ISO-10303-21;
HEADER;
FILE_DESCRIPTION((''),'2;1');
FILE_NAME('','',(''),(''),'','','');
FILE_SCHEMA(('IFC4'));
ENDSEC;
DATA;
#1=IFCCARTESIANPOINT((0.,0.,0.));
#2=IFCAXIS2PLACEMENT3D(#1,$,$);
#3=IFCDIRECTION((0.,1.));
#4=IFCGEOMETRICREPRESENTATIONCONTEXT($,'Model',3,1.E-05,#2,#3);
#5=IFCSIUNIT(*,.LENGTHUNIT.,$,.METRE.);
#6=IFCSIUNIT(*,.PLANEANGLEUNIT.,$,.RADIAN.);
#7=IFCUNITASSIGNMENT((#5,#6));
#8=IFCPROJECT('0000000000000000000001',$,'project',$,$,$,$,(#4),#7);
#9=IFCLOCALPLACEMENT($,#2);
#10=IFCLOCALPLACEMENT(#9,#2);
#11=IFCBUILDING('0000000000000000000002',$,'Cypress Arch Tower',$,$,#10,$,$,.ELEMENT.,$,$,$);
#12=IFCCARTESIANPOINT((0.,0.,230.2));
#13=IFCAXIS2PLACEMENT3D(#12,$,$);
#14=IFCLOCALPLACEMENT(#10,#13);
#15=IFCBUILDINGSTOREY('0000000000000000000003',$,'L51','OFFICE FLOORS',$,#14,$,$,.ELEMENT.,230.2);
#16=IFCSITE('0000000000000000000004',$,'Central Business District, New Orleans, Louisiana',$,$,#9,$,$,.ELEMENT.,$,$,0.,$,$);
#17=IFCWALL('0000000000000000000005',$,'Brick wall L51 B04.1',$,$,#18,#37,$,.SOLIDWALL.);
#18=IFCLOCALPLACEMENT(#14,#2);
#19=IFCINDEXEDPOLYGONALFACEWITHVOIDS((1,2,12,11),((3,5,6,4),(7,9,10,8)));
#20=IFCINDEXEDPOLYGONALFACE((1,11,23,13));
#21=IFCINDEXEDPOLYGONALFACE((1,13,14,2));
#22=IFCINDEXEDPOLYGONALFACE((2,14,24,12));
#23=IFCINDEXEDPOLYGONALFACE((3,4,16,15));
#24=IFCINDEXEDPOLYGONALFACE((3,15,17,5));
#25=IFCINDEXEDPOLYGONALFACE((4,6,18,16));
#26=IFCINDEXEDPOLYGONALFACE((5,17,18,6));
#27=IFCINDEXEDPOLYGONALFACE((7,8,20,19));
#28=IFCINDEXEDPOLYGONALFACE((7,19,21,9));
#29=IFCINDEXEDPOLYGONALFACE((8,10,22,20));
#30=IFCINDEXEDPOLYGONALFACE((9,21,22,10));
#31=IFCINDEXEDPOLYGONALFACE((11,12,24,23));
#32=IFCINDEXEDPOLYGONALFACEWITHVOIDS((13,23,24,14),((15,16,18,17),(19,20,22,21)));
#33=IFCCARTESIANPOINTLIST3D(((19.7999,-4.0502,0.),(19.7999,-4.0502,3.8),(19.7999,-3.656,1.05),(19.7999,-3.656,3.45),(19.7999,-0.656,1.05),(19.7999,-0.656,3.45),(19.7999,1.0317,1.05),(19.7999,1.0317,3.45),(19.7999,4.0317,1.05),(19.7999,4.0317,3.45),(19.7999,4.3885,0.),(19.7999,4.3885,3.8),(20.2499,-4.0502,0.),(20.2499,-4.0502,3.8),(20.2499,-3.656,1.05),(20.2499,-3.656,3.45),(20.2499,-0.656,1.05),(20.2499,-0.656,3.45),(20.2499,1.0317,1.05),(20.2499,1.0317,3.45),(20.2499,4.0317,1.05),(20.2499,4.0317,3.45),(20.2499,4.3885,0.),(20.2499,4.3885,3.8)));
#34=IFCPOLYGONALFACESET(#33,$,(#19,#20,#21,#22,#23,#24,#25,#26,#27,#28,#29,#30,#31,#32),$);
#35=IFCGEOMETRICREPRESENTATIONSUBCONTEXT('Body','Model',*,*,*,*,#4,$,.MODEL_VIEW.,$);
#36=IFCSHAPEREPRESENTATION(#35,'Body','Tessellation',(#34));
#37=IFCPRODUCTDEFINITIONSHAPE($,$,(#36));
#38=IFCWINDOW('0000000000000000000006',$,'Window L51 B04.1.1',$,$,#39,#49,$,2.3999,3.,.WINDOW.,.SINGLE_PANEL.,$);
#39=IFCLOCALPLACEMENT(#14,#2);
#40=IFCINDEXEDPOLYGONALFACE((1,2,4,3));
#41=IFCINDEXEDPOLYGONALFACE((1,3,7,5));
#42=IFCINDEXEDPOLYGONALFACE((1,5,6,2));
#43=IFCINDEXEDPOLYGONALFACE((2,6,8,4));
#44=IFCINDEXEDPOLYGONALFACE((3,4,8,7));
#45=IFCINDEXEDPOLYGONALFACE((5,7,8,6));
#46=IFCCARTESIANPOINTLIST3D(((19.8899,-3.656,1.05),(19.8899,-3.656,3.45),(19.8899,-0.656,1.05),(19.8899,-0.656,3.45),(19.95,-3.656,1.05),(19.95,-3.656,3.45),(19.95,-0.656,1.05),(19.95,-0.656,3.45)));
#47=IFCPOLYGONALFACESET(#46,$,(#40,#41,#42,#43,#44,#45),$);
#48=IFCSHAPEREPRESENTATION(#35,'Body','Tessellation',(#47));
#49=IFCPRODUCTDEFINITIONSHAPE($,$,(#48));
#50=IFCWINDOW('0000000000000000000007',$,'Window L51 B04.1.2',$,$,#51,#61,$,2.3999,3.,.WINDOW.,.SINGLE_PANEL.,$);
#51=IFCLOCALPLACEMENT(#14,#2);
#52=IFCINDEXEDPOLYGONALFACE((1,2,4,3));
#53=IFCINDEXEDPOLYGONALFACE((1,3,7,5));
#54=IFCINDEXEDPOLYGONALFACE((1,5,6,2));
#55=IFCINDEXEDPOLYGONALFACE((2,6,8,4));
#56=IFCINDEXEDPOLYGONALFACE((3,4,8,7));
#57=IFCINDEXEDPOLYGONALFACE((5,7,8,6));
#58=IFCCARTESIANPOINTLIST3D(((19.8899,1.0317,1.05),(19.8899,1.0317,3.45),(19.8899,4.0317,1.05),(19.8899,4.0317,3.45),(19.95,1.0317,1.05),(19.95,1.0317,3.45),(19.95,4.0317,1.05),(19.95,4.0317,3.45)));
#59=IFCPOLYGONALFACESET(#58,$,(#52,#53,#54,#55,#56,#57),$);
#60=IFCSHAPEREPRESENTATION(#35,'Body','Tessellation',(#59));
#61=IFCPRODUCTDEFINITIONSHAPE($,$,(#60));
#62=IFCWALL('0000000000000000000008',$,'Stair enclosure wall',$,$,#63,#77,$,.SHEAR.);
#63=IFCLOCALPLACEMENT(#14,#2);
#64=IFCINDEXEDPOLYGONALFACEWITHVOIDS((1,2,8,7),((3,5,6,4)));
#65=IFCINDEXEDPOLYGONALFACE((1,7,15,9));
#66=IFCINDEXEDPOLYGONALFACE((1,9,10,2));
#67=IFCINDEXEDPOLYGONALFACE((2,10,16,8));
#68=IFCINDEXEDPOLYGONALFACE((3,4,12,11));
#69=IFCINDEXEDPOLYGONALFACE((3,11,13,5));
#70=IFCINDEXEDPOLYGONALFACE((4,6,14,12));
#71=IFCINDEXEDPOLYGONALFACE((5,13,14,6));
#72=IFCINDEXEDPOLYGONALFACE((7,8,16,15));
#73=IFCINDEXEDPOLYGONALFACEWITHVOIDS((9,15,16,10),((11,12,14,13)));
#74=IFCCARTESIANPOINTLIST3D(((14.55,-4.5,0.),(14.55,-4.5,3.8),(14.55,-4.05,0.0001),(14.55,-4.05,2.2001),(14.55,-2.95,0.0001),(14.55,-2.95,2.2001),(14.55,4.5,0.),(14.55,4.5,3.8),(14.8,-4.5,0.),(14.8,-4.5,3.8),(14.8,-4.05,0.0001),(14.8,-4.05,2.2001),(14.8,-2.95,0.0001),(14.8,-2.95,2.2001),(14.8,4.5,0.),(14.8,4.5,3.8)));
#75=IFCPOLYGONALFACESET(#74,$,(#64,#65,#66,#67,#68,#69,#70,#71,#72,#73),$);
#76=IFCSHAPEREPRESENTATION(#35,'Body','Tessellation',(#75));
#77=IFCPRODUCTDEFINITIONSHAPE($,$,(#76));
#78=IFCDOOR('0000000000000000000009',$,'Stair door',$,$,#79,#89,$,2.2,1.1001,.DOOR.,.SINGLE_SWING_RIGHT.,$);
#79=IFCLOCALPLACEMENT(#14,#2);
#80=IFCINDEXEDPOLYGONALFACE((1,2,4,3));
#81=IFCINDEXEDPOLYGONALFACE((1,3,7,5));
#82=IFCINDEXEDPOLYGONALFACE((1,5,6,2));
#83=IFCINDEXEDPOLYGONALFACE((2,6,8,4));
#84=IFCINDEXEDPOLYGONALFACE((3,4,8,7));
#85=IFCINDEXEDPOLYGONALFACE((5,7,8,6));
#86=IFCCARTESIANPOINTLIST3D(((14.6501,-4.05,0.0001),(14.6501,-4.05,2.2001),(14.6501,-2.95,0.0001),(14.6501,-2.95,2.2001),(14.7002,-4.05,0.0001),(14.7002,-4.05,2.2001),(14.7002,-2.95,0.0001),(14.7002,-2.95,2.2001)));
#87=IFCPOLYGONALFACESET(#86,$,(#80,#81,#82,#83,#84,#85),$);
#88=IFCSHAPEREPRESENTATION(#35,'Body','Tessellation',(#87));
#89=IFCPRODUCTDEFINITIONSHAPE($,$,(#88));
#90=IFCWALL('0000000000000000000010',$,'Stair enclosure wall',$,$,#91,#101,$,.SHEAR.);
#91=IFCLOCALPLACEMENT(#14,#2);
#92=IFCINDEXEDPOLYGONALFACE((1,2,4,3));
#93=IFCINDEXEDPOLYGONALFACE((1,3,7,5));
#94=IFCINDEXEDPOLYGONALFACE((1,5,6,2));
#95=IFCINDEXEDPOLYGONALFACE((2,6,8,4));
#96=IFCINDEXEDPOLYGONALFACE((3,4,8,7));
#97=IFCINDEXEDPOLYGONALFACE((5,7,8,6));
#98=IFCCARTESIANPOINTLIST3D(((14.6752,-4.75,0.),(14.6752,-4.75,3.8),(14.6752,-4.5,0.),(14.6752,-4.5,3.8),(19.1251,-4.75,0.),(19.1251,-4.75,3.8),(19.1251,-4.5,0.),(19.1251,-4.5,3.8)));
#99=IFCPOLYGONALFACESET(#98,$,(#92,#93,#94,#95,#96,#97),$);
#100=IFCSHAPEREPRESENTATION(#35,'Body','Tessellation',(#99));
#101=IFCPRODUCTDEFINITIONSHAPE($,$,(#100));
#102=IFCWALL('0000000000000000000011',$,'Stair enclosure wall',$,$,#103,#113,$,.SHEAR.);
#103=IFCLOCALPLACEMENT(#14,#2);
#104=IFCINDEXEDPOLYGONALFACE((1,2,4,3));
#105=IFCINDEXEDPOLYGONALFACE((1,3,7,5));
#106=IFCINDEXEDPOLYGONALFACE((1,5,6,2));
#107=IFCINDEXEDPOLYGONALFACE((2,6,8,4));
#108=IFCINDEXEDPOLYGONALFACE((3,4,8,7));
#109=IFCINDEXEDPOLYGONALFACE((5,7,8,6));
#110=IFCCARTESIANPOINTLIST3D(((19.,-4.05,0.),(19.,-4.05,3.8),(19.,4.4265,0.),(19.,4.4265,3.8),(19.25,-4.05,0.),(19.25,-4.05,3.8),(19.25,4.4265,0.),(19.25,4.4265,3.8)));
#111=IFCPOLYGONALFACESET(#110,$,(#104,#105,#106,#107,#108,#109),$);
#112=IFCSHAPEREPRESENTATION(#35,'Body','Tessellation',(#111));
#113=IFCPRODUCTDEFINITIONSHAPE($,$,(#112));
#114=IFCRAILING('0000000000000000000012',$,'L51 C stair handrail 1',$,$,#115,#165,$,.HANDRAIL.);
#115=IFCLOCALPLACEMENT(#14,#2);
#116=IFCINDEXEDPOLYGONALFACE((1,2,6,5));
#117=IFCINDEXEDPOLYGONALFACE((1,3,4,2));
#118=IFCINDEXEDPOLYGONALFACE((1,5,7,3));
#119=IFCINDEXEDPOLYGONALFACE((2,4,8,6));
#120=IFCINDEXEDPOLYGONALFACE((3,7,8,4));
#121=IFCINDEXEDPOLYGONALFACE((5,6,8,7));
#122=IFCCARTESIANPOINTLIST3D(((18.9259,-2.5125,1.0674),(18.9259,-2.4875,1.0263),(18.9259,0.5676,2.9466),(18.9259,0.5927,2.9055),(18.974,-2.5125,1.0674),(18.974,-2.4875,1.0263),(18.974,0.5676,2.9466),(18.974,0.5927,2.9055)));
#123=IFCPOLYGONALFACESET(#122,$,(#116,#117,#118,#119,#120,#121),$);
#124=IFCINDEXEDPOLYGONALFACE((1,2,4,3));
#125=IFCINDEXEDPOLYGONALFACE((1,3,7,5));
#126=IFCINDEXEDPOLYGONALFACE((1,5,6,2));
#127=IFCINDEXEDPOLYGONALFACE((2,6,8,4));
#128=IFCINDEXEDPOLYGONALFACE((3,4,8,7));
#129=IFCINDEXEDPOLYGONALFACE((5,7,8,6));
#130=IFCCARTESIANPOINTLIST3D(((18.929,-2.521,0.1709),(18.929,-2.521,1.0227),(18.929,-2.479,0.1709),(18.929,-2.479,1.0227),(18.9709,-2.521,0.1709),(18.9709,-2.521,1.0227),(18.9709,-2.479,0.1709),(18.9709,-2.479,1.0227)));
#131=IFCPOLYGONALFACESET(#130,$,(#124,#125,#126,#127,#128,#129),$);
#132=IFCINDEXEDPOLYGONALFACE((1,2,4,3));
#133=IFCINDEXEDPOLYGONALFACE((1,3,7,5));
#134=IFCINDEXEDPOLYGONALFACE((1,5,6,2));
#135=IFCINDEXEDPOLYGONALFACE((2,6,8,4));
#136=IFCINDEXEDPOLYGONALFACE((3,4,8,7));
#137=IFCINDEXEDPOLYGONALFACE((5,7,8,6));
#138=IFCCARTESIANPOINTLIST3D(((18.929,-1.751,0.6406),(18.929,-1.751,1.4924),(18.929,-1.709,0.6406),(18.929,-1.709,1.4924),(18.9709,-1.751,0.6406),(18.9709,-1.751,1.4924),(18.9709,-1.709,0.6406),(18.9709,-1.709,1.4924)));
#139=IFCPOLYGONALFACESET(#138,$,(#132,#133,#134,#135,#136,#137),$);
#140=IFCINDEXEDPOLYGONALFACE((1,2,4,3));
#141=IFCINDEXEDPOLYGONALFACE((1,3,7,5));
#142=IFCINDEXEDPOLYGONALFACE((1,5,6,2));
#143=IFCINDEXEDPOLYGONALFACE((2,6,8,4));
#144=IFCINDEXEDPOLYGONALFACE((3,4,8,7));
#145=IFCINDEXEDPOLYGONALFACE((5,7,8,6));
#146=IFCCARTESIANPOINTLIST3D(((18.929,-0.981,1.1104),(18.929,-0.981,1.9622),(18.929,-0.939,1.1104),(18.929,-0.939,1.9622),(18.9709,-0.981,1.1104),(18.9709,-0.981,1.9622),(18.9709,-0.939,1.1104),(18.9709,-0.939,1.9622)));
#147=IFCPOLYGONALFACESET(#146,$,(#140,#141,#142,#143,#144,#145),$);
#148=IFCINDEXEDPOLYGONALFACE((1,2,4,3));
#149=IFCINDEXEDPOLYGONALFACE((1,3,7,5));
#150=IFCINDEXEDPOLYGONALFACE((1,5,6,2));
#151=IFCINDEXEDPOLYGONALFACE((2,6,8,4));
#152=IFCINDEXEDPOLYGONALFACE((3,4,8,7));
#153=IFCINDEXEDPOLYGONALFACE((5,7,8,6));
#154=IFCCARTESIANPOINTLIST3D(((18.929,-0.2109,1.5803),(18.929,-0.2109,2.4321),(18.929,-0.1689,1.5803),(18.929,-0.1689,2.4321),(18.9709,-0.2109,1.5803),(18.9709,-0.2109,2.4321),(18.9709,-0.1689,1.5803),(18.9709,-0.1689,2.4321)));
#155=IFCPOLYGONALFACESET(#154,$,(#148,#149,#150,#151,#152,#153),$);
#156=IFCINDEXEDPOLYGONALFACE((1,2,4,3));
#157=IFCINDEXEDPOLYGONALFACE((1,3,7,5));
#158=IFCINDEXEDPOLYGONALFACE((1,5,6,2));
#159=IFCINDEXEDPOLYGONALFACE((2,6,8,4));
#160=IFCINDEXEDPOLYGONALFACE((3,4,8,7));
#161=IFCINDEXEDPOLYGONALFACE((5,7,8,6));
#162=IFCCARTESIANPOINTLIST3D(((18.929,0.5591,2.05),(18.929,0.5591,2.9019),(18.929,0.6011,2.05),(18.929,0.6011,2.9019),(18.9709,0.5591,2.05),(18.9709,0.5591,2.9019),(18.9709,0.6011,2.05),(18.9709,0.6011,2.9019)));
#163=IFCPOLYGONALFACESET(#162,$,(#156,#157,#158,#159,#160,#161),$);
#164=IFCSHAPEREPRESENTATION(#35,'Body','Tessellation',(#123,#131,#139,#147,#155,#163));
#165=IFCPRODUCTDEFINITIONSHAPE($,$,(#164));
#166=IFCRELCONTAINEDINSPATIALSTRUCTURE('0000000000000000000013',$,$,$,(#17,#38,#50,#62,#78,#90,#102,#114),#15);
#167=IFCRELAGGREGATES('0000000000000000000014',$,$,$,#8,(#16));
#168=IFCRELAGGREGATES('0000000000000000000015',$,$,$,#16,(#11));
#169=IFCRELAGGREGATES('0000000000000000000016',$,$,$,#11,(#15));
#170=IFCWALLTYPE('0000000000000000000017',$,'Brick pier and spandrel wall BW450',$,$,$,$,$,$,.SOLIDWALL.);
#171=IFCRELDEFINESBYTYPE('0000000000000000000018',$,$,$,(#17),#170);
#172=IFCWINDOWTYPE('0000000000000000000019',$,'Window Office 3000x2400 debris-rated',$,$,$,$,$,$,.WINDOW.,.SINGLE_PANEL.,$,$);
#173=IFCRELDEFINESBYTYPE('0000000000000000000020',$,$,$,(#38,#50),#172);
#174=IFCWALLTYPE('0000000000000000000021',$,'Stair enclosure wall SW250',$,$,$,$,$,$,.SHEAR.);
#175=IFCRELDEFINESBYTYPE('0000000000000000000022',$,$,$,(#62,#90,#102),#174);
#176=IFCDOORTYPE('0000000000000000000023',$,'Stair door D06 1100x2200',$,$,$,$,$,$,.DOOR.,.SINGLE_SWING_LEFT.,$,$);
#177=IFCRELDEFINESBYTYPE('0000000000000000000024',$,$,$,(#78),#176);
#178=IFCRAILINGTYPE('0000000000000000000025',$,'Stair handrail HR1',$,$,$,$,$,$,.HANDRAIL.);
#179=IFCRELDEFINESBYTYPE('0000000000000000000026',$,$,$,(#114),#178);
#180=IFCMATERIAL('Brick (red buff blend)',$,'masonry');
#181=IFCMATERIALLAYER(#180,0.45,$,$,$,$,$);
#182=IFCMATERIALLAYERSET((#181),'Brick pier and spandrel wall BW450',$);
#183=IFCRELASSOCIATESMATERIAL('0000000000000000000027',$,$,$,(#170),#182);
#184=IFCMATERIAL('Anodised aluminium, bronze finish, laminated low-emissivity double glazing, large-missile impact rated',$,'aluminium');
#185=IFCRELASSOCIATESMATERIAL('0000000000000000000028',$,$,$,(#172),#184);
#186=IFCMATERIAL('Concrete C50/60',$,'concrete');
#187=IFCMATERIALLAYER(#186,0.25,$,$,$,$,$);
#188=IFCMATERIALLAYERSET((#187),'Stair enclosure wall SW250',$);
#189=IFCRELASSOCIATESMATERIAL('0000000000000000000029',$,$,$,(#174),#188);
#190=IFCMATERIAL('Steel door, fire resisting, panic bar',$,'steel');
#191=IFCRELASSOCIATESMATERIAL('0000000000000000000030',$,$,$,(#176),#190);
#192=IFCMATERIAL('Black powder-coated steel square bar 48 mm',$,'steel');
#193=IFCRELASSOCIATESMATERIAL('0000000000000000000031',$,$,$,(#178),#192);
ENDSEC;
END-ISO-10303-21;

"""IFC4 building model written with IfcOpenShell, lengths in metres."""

from ifc_helpers import new_model, si_unit, direction, frame, frame_2d, origin, origin_2d, place, context, subcontext, project, spatial, rectangle, extrude, material, layer, layer_set, type_object, element, fill, save


model = new_model("IFC4")

# Units and contexts
model_context = context("Model", 3, precision=1e-05, world=origin(), true_north=direction((0.0, 1.0)))
body_context = subcontext(model_context, "Body", "Model", "MODEL_VIEW")
ifc_project = project(units=[si_unit("LENGTHUNIT", "METRE"), si_unit("PLANEANGLEUNIT", "RADIAN")], contexts=[model_context])

# Site, building, storey
site_placement = place(None, origin())
site = spatial("IfcSite", under=ifc_project, at=site_placement, Name="Central Business District, New Orleans, Louisiana", CompositionType="ELEMENT", RefElevation=0.0)
building_placement = place(site_placement, origin())
building = spatial("IfcBuilding", under=site, at=building_placement, Name="Cypress Arch Tower", CompositionType="ELEMENT")
storey_placement = place(building_placement, frame((0.0, 0.0, 230.2)))
storey = spatial("IfcBuildingStorey", under=building, at=storey_placement, Name="L51", Description="OFFICE FLOORS", CompositionType="ELEMENT", Elevation=230.2)

# Wall, openings, windows
ifc_material_1 = material(Name="Brick (red buff blend)", Category="masonry")
ifc_layer_1 = layer(ifc_material_1, 0.45)
ifc_layer_set_1 = layer_set([ifc_layer_1], Name="Brick pier and spandrel wall BW450")
wall_type_1 = type_object("IfcWallType", Name="Brick pier and spandrel wall BW450", PredefinedType="SOLIDWALL", material=ifc_layer_set_1)
wall_1_placement = place(storey_placement, frame((20.0249, -4.05, 0.0), z_axis=(0.0, 0.0, 1.0), x_axis=(0.0, 1.0, 0.0)))
wall_1 = element("IfcWall", 1, at=wall_1_placement, inside=storey, type_object=wall_type_1, Name="Brick wall L51 B04.1", PredefinedType="SOLIDWALL", context=body_context, shape_type="SweptSolid", body=[
    extrude(rectangle(XDim=8.4387, YDim=0.45, at=frame_2d((4.2192, 0.0))), origin(), (0.0, 0.0, 1.0), 3.8),
])
opening_1_placement = place(wall_1_placement, frame((0.394, 0.0, 1.05)))
opening_1 = element("IfcOpeningElement", 2, at=opening_1_placement, cuts=wall_1, PredefinedType="OPENING", context=body_context, shape_type="SweptSolid", body=[
    extrude(rectangle(XDim=3.0, YDim=2.3999, at=frame_2d((1.5, 1.2))), frame((0.0, 0.2349, 0.0), z_axis=(0.0, -1.0, 0.0), x_axis=(1.0, 0.0, 0.0)), (0.0, 0.0, 1.0), 0.47),
])
opening_2_placement = place(wall_1_placement, frame((5.0818, 0.0, 1.05)))
opening_2 = element("IfcOpeningElement", 3, at=opening_2_placement, cuts=wall_1, PredefinedType="OPENING", context=body_context, shape_type="SweptSolid", body=[
    extrude(rectangle(XDim=3.0, YDim=2.3999, at=frame_2d((1.5, 1.2))), frame((0.0, 0.2349, 0.0), z_axis=(0.0, -1.0, 0.0), x_axis=(1.0, 0.0, 0.0)), (0.0, 0.0, 1.0), 0.47),
])
ifc_material_2 = material(Name="Anodised aluminium, bronze finish, laminated low-emissivity double glazing, large-missile impact rated", Category="aluminium")
window_type = type_object("IfcWindowType", Name="Window Office 3000x2400 debris-rated", PartitioningType="SINGLE_PANEL", PredefinedType="WINDOW", material=ifc_material_2)
window_1_placement = place(opening_1_placement, origin())
window_1 = element("IfcWindow", 4, at=window_1_placement, inside=storey, type_object=window_type, Name="Window L51 B04.1.1", OverallHeight=2.3999, OverallWidth=3.0, PartitioningType="SINGLE_PANEL", PredefinedType="WINDOW", context=body_context, shape_type="SweptSolid", body=[
    extrude(rectangle(XDim=3.0, YDim=2.3999, at=frame_2d((1.5, 1.2))), frame((0.0, 0.135, 0.0), z_axis=(0.0, -1.0, 0.0), x_axis=(1.0, 0.0, 0.0)), (0.0, 0.0, 1.0), 0.0601),
])
fill(opening_1, window_1)
window_2_placement = place(opening_2_placement, origin())
window_2 = element("IfcWindow", 5, at=window_2_placement, inside=storey, type_object=window_type, Name="Window L51 B04.1.2", OverallHeight=2.3999, OverallWidth=3.0, PartitioningType="SINGLE_PANEL", PredefinedType="WINDOW", context=body_context, shape_type="SweptSolid", body=[
    extrude(rectangle(XDim=3.0, YDim=2.3999, at=frame_2d((1.5, 1.2))), frame((0.0, 0.135, 0.0), z_axis=(0.0, -1.0, 0.0), x_axis=(1.0, 0.0, 0.0)), (0.0, 0.0, 1.0), 0.0601),
])
fill(opening_2, window_2)

# Wall, opening, door
ifc_material_3 = material(Name="Concrete C50/60", Category="concrete")
ifc_layer_2 = layer(ifc_material_3, 0.25)
ifc_layer_set_2 = layer_set([ifc_layer_2], Name="Stair enclosure wall SW250")
wall_type_2 = type_object("IfcWallType", Name="Stair enclosure wall SW250", PredefinedType="SHEAR", material=ifc_layer_set_2)
wall_2_placement = place(storey_placement, frame((14.675, -4.5, 0.0), z_axis=(0.0, 0.0, 1.0), x_axis=(0.0, 1.0, 0.0)))
wall_2 = element("IfcWall", 6, at=wall_2_placement, inside=storey, type_object=wall_type_2, Name="Stair enclosure wall", PredefinedType="SHEAR", context=body_context, shape_type="SweptSolid", body=[
    extrude(rectangle(XDim=9.0, YDim=0.25, at=frame_2d((4.5, 0.0))), origin(), (0.0, 0.0, 1.0), 3.8),
])
opening_3_placement = place(wall_2_placement, frame((0.45, 0.0, 0.0)))
opening_3 = element("IfcOpeningElement", 7, at=opening_3_placement, cuts=wall_2, PredefinedType="OPENING", context=body_context, shape_type="SweptSolid", body=[
    extrude(rectangle(XDim=1.1001, YDim=2.2, at=frame_2d((0.55, 1.1001))), frame((0.0, 0.135, 0.0), z_axis=(0.0, -1.0, 0.0), x_axis=(1.0, 0.0, 0.0)), (0.0, 0.0, 1.0), 0.27),
])
ifc_material_4 = material(Name="Steel door, fire resisting, panic bar", Category="steel")
door_type = type_object("IfcDoorType", Name="Stair door D06 1100x2200", OperationType="SINGLE_SWING_LEFT", PredefinedType="DOOR", material=ifc_material_4)
door_placement = place(opening_3_placement, origin())
door = element("IfcDoor", 8, at=door_placement, inside=storey, type_object=door_type, Name="Stair door", OperationType="SINGLE_SWING_RIGHT", OverallHeight=2.2, OverallWidth=1.1001, PredefinedType="DOOR", context=body_context, shape_type="SweptSolid", body=[
    extrude(rectangle(XDim=1.1001, YDim=2.2, at=frame_2d((0.55, 1.1001))), frame((0.0, 0.0249, 0.0), z_axis=(0.0, -1.0, 0.0), x_axis=(1.0, 0.0, 0.0)), (0.0, 0.0, 1.0), 0.05),
])
fill(opening_3, door)

# Walls
wall_3_placement = place(storey_placement, frame((14.675, -4.625, 0.0), z_axis=(0.0, 0.0, 1.0), x_axis=(1.0, 0.0, 0.0)))
element("IfcWall", 9, at=wall_3_placement, inside=storey, type_object=wall_type_2, Name="Stair enclosure wall", PredefinedType="SHEAR", context=body_context, shape_type="SweptSolid", body=[
    extrude(rectangle(XDim=4.45, YDim=0.25, at=frame_2d((2.2251, 0.0))), origin(), (0.0, 0.0, 1.0), 3.8),
])
wall_4_placement = place(storey_placement, frame((19.125, -4.05, 0.0), z_axis=(0.0, 0.0, 1.0), x_axis=(0.0, 1.0, 0.0)))
element("IfcWall", 10, at=wall_4_placement, inside=storey, type_object=wall_type_2, Name="Stair enclosure wall", PredefinedType="SHEAR", context=body_context, shape_type="SweptSolid", body=[
    extrude(rectangle(XDim=8.4766, YDim=0.25, at=frame_2d((4.2383, 0.0))), origin(), (0.0, 0.0, 1.0), 3.8),
])

# Railing
ifc_material_5 = material(Name="Black powder-coated steel square bar 48 mm", Category="steel")
railing_type_1 = type_object("IfcRailingType", Name="Stair handrail HR1", PredefinedType="HANDRAIL", material=ifc_material_5)
railing_1_placement = place(storey_placement, frame((18.95, -2.5, 0.1709)))
element("IfcRailing", 11, at=railing_1_placement, inside=storey, type_object=railing_type_1, Name="L51 C stair handrail 1", PredefinedType="HANDRAIL", context=body_context, shape_type="SweptSolid", body=[
    extrude(rectangle(XDim=0.0481, YDim=0.0481, at=origin_2d()), frame((0.0, 0.0, 0.876), z_axis=(0.0, 0.853666, 0.52082), x_axis=(-1.0, 0.0, 0.0)), (0.0, 0.0, 1.0), 3.6082),
    extrude(rectangle(XDim=0.042, YDim=0.042, at=origin_2d()), origin(), (0.0, 0.0, 1.0), 0.8518),
    extrude(rectangle(XDim=0.042, YDim=0.042, at=origin_2d()), frame((0.0, 0.77, 0.4697)), (0.0, 0.0, 1.0), 0.8518),
    extrude(rectangle(XDim=0.042, YDim=0.042, at=origin_2d()), frame((0.0, 1.54, 0.9395)), (0.0, 0.0, 1.0), 0.8518),
    extrude(rectangle(XDim=0.042, YDim=0.042, at=origin_2d()), frame((0.0, 2.3101, 1.4094)), (0.0, 0.0, 1.0), 0.8518),
    extrude(rectangle(XDim=0.042, YDim=0.042, at=origin_2d()), frame((0.0, 3.0801, 1.8792)), (0.0, 0.0, 1.0), 0.8518),
])

save(model, "model.ifc")
